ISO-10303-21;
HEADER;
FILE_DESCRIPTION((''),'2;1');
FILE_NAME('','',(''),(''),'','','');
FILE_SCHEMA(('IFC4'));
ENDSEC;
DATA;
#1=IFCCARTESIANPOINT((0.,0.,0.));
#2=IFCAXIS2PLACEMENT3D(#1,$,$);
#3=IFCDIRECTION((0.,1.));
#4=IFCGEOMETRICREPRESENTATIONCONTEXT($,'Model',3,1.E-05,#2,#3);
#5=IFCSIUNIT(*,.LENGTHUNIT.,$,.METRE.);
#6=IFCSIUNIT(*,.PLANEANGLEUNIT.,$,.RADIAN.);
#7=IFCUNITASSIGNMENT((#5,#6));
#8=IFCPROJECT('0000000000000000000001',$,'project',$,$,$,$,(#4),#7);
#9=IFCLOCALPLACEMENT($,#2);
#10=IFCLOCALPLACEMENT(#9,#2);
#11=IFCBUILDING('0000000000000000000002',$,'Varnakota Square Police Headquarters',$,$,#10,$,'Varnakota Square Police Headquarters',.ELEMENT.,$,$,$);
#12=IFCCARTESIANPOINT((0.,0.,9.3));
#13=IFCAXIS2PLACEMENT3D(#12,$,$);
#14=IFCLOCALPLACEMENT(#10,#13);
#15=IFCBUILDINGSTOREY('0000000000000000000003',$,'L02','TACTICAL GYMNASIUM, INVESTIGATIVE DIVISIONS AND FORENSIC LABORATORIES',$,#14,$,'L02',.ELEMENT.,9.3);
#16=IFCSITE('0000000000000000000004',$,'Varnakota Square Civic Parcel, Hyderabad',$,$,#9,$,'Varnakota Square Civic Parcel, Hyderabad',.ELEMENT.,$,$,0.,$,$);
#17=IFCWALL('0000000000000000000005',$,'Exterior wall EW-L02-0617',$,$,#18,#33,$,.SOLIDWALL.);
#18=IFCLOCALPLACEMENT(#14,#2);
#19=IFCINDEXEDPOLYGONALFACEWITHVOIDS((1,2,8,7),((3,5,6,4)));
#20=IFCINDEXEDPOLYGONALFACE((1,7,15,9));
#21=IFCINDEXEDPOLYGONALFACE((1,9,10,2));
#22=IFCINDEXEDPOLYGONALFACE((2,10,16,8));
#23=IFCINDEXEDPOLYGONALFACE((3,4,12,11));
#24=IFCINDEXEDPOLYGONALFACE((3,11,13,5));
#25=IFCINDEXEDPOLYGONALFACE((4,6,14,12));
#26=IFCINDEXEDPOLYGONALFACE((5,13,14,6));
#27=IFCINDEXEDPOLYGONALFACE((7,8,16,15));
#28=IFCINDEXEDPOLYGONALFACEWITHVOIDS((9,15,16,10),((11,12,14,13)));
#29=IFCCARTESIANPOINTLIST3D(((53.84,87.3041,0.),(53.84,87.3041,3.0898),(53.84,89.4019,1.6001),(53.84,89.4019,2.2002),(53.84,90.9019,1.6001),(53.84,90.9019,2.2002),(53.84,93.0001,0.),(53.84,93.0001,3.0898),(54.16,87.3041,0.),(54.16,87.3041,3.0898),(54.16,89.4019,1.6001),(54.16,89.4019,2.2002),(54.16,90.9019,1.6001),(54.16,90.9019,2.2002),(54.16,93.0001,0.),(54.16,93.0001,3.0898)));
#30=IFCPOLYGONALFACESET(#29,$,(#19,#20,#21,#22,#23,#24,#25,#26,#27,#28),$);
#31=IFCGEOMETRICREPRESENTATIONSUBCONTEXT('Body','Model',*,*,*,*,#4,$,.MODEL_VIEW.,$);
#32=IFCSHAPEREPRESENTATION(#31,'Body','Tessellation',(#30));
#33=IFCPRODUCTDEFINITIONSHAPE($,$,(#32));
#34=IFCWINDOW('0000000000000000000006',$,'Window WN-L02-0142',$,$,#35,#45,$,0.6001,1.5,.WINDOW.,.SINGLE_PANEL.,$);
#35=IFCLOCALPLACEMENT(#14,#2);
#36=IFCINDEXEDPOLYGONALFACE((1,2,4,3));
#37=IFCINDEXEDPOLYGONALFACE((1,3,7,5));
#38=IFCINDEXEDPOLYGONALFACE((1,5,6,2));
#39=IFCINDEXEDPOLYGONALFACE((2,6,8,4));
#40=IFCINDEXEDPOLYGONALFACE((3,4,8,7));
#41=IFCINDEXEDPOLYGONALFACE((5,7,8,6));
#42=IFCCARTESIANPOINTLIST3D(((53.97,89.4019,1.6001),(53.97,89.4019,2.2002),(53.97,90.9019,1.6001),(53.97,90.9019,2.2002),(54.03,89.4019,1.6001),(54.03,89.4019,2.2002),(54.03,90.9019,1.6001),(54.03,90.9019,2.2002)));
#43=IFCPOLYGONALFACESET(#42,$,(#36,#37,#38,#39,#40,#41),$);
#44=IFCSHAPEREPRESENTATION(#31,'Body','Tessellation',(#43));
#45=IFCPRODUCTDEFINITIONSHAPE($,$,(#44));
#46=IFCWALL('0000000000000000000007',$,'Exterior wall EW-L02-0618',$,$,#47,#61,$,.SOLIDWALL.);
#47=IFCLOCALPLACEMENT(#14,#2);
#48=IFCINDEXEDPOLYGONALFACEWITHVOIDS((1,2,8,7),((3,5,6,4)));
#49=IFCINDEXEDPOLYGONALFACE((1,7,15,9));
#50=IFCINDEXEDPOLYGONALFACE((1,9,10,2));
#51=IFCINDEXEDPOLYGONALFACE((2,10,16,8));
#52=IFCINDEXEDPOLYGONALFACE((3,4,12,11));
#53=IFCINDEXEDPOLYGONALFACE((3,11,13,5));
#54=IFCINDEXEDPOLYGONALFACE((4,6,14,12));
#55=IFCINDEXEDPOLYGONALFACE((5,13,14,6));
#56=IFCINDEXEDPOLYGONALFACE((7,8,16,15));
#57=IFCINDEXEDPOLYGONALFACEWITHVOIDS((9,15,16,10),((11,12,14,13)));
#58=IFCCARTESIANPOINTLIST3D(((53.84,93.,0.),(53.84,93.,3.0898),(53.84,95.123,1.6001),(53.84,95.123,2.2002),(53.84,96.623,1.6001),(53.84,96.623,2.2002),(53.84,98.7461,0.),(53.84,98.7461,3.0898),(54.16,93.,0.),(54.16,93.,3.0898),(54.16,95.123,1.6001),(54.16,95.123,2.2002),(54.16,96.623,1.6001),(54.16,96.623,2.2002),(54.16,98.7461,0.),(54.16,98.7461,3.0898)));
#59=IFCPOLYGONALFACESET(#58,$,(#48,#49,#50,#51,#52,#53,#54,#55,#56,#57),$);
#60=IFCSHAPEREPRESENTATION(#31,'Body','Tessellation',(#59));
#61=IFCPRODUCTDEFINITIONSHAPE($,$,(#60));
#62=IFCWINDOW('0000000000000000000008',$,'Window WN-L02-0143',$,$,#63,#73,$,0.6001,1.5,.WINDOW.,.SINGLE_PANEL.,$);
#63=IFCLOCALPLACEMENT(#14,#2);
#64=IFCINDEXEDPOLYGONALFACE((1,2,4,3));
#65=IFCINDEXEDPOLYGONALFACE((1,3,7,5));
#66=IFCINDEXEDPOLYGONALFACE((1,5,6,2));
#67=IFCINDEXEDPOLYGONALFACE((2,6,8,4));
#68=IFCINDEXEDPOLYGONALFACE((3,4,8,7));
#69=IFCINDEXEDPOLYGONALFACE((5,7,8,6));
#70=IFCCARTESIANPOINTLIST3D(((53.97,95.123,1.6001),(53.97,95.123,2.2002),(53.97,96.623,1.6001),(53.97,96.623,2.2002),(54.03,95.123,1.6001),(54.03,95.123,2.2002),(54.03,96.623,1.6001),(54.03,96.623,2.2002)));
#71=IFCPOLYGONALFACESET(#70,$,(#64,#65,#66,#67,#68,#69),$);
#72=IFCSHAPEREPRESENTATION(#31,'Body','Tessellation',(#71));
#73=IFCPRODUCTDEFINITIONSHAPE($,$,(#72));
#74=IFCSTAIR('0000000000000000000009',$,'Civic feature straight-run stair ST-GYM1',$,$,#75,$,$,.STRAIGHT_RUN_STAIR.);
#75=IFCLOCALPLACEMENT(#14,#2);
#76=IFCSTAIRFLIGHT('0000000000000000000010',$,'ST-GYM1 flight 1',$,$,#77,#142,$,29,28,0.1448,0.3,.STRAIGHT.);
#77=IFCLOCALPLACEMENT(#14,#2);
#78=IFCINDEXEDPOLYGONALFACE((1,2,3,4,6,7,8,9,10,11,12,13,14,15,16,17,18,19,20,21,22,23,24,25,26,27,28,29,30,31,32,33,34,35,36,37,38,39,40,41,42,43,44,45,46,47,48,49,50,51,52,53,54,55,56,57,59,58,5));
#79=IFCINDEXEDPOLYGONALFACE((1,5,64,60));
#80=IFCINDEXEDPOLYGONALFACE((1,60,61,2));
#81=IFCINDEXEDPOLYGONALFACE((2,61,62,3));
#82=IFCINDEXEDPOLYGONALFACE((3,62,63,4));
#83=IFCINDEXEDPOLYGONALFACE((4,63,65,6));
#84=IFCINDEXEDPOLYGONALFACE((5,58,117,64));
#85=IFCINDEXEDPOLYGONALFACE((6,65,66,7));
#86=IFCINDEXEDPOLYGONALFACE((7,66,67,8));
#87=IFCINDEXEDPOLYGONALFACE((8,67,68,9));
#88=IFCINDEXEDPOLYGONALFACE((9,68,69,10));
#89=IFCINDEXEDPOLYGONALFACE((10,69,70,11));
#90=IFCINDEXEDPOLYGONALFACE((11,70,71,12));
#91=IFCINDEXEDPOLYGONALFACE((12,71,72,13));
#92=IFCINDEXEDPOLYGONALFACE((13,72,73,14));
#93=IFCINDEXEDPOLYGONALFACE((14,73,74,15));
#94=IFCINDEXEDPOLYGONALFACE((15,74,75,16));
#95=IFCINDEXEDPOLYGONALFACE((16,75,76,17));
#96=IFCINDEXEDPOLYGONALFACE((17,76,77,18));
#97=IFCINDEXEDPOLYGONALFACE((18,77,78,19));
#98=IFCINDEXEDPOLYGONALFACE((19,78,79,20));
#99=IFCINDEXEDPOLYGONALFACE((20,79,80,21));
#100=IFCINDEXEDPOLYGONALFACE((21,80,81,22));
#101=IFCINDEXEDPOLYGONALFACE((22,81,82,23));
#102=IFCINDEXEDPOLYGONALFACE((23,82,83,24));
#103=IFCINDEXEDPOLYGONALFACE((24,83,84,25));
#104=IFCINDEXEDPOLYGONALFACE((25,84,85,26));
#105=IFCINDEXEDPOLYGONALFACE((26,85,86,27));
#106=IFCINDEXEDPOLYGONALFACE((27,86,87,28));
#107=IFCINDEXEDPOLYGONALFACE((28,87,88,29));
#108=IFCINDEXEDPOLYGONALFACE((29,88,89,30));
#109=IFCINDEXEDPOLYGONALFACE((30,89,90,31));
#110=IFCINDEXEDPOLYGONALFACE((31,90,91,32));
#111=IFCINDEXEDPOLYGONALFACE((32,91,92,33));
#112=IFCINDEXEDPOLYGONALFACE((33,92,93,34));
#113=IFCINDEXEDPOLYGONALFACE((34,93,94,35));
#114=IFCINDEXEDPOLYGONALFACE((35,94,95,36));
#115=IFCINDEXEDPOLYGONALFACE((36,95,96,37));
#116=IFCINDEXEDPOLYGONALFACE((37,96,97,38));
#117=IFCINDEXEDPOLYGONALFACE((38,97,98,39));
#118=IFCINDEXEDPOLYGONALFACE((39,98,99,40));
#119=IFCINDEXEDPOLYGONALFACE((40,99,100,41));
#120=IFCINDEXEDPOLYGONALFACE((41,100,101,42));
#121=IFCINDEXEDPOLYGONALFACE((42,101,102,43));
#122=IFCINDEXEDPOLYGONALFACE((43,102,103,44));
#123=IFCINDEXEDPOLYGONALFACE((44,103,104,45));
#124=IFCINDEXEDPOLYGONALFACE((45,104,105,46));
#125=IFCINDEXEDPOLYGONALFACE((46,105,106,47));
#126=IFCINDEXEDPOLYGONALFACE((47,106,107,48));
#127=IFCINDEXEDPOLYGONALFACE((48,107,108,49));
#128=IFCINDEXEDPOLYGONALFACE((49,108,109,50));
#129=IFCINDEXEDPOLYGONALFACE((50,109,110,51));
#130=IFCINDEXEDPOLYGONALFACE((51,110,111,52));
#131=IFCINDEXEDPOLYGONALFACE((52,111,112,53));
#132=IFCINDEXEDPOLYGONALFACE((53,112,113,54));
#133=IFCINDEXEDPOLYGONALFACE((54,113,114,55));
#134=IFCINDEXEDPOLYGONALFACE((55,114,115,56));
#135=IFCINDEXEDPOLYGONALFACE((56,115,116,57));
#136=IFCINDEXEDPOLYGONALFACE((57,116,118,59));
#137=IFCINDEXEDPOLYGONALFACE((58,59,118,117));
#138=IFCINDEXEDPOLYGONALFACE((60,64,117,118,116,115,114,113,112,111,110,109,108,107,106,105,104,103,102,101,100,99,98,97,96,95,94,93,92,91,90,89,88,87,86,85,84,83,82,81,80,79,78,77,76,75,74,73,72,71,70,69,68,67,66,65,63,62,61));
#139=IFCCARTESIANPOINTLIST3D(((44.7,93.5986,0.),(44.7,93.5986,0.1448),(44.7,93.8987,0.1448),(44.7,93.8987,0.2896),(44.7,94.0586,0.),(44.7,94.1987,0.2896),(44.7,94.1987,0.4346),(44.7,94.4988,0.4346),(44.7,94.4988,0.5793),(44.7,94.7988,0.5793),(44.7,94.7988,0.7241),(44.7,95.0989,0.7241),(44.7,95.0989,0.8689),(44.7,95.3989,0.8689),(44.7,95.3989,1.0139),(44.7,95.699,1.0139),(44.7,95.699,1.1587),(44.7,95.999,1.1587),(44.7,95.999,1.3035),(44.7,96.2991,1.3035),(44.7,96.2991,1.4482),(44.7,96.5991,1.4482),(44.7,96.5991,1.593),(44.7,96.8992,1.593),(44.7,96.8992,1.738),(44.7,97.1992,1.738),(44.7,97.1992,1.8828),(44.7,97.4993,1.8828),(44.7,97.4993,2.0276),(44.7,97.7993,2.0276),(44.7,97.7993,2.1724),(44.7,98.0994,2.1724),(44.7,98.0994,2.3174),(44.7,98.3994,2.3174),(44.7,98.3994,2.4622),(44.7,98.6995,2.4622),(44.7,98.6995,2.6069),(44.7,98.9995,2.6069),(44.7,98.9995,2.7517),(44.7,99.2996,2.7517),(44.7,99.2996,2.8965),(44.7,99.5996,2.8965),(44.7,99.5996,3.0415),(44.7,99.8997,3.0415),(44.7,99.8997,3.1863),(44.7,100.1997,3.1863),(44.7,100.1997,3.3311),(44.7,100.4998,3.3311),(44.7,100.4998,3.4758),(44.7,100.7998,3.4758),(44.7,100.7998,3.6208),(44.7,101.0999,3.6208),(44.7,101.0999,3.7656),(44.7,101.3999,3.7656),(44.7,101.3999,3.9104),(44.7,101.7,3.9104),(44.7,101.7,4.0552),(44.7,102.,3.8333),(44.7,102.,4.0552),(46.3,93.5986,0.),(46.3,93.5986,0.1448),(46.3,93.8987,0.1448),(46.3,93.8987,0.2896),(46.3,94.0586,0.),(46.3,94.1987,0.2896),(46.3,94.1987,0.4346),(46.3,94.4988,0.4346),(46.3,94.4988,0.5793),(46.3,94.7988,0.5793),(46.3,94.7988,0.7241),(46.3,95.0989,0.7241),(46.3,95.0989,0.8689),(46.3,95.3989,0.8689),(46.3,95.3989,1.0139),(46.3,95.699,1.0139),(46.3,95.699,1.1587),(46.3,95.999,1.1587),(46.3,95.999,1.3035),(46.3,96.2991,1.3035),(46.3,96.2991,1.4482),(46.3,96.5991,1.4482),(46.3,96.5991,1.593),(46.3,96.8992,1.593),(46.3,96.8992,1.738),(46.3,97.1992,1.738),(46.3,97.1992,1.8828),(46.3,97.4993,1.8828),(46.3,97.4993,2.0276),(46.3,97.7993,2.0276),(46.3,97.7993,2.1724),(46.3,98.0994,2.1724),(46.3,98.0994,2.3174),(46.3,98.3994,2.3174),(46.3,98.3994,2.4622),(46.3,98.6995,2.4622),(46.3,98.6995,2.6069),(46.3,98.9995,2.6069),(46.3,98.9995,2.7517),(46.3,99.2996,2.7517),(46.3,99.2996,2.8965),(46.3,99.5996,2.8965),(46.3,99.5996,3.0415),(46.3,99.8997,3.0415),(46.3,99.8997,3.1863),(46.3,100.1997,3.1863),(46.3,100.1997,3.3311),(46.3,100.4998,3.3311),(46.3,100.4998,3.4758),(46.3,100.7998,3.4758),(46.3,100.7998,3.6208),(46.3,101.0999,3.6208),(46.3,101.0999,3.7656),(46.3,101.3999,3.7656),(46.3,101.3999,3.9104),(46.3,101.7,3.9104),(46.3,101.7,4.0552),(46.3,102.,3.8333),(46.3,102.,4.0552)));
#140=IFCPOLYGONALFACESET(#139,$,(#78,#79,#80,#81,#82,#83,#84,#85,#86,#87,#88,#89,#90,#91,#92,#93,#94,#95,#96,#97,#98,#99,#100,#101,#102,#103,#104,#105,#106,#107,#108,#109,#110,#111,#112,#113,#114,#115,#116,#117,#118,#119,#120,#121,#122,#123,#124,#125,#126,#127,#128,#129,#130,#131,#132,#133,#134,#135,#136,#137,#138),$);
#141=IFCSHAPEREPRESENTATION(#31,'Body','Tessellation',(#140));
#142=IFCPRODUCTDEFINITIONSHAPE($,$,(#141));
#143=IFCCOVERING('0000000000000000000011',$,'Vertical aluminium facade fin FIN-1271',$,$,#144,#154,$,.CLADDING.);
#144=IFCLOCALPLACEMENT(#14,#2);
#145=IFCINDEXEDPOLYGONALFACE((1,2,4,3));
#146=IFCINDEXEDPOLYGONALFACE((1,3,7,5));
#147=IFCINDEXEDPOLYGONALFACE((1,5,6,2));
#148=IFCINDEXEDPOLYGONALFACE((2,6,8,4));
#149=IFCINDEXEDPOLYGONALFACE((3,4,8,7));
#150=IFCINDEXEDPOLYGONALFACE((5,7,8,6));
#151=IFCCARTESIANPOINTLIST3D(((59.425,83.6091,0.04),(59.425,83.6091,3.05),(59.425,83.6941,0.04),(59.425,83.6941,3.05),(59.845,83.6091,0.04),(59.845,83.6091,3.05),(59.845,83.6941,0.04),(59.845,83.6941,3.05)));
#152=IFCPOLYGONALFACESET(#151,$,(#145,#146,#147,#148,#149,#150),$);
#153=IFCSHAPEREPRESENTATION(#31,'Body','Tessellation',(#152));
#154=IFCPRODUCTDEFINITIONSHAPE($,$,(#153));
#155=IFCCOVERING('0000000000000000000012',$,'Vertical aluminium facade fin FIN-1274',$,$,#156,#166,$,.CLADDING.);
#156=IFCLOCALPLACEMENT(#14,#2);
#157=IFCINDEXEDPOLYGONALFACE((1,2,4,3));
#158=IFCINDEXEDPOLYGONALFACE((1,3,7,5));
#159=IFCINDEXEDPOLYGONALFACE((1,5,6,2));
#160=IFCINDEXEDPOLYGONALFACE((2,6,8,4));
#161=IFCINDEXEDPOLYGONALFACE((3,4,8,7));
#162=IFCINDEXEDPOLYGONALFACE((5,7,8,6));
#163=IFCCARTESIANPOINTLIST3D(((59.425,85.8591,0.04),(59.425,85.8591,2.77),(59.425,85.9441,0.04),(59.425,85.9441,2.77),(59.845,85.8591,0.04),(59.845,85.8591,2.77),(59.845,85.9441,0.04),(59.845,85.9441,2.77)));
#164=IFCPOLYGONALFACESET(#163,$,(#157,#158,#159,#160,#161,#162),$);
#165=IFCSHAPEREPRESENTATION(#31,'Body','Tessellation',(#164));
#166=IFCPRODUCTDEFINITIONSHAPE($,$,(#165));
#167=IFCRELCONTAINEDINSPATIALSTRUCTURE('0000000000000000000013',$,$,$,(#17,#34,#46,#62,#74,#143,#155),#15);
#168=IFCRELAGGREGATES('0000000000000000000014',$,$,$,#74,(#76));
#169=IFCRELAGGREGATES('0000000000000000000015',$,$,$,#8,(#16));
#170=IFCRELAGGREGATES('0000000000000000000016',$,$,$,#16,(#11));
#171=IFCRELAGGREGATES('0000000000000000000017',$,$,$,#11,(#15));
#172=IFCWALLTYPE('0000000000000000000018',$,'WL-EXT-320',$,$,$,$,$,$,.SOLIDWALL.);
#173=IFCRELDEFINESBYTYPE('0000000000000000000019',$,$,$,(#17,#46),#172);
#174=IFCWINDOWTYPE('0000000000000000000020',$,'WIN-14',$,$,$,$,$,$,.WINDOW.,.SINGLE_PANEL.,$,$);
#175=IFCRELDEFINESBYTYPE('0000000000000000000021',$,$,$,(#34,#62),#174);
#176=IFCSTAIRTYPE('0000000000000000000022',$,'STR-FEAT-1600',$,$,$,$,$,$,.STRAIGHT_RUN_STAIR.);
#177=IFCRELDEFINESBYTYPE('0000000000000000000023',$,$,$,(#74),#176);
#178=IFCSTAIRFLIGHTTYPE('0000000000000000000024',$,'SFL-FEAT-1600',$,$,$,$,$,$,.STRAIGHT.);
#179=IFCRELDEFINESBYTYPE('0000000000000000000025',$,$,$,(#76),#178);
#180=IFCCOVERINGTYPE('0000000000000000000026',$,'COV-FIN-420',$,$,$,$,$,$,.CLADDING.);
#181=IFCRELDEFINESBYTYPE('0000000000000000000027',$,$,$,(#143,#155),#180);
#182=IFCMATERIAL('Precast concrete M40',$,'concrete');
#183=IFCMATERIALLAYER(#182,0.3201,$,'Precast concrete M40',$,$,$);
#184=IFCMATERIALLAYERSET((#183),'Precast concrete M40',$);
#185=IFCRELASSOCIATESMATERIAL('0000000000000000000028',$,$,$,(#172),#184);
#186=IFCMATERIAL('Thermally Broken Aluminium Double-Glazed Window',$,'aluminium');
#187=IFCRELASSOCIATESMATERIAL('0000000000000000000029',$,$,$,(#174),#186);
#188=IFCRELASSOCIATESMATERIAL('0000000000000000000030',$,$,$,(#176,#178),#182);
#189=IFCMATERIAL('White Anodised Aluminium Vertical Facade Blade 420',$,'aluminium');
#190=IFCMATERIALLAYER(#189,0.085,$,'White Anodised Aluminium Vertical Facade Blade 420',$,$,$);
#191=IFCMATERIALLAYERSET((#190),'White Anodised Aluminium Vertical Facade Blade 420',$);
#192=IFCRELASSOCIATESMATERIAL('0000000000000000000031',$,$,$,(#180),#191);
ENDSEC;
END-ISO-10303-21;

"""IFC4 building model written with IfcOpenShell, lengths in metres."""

from ifc_helpers import new_model, si_unit, direction, frame, frame_2d, origin, origin_2d, place, context, subcontext, project, spatial, polyline, rectangle, outline, extrude, material, layer, layer_set, type_object, element, fill, aggregate, save


model = new_model("IFC4")

# Units and contexts
model_context = context("Model", 3, precision=1e-05, world=origin(), true_north=direction((0.0, 1.0)))
body_context = subcontext(model_context, "Body", "Model", "MODEL_VIEW")
ifc_project = project(units=[si_unit("LENGTHUNIT", "METRE"), si_unit("PLANEANGLEUNIT", "RADIAN")], contexts=[model_context])

# Site, building, storey
site_placement = place(None, origin())
site = spatial("IfcSite", under=ifc_project, at=site_placement, Name="Varnakota Square Civic Parcel, Hyderabad", LongName="Varnakota Square Civic Parcel, Hyderabad", CompositionType="ELEMENT", RefElevation=0.0)
building_placement = place(site_placement, origin())
building = spatial("IfcBuilding", under=site, at=building_placement, Name="Varnakota Square Police Headquarters", LongName="Varnakota Square Police Headquarters", CompositionType="ELEMENT")
storey_placement = place(building_placement, frame((0.0, 0.0, 9.3)))
storey = spatial("IfcBuildingStorey", under=building, at=storey_placement, Name="L02", Description="TACTICAL GYMNASIUM, INVESTIGATIVE DIVISIONS AND FORENSIC LABORATORIES", LongName="L02", CompositionType="ELEMENT", Elevation=9.3)

# Walls, openings, windows
ifc_material_1 = material(Name="Precast concrete M40", Category="concrete")
ifc_layer_1 = layer(ifc_material_1, 0.3201, Name="Precast concrete M40")
ifc_layer_set_1 = layer_set([ifc_layer_1], Name="Precast concrete M40")
wall_type = type_object("IfcWallType", Name="WL-EXT-320", PredefinedType="SOLIDWALL", material=ifc_layer_set_1)
wall_1_placement = place(storey_placement, frame((54.0, 87.304, 0.0), z_axis=(0.0, 0.0, 1.0), x_axis=(0.0, 1.0, 0.0)))
wall_1 = element("IfcWall", 1, at=wall_1_placement, inside=storey, type_object=wall_type, Name="Exterior wall EW-L02-0617", PredefinedType="SOLIDWALL", context=body_context, shape_type="SweptSolid", body=[
    extrude(rectangle(XDim=5.696, YDim=0.3201, at=frame_2d((2.8481, 0.0))), origin(), (0.0, 0.0, 1.0), 3.0898),
])
opening_1_placement = place(wall_1_placement, frame((2.0979, 0.0, 1.6001)))
opening_1 = element("IfcOpeningElement", 2, at=opening_1_placement, cuts=wall_1, PredefinedType="OPENING", context=body_context, shape_type="SweptSolid", body=[
    extrude(rectangle(XDim=1.5, YDim=0.6001, at=frame_2d((0.75, 0.3))), frame((0.0, 0.1699, 0.0), z_axis=(0.0, -1.0, 0.0), x_axis=(1.0, 0.0, 0.0)), (0.0, 0.0, 1.0), 0.3401),
])
ifc_material_2 = material(Name="Thermally Broken Aluminium Double-Glazed Window", Category="aluminium")
window_type = type_object("IfcWindowType", Name="WIN-14", PartitioningType="SINGLE_PANEL", PredefinedType="WINDOW", material=ifc_material_2)
window_1_placement = place(opening_1_placement, origin())
window_1 = element("IfcWindow", 3, at=window_1_placement, inside=storey, type_object=window_type, Name="Window WN-L02-0142", OverallHeight=0.6001, OverallWidth=1.5, PartitioningType="SINGLE_PANEL", PredefinedType="WINDOW", context=body_context, shape_type="SweptSolid", body=[
    extrude(rectangle(XDim=1.5, YDim=0.6001, at=frame_2d((0.75, 0.3))), frame((0.0, 0.03, 0.0), z_axis=(0.0, -1.0, 0.0), x_axis=(1.0, 0.0, 0.0)), (0.0, 0.0, 1.0), 0.0601),
])
fill(opening_1, window_1)
wall_2_placement = place(storey_placement, frame((54.0, 93.0, 0.0), z_axis=(0.0, 0.0, 1.0), x_axis=(0.0, 1.0, 0.0)))
wall_2 = element("IfcWall", 4, at=wall_2_placement, inside=storey, type_object=wall_type, Name="Exterior wall EW-L02-0618", PredefinedType="SOLIDWALL", context=body_context, shape_type="SweptSolid", body=[
    extrude(rectangle(XDim=5.7461, YDim=0.3201, at=frame_2d((2.873, 0.0))), origin(), (0.0, 0.0, 1.0), 3.0898),
])
opening_2_placement = place(wall_2_placement, frame((2.123, 0.0, 1.6001)))
opening_2 = element("IfcOpeningElement", 5, at=opening_2_placement, cuts=wall_2, PredefinedType="OPENING", context=body_context, shape_type="SweptSolid", body=[
    extrude(rectangle(XDim=1.5, YDim=0.6001, at=frame_2d((0.75, 0.3))), frame((0.0, 0.1699, 0.0), z_axis=(0.0, -1.0, 0.0), x_axis=(1.0, 0.0, 0.0)), (0.0, 0.0, 1.0), 0.3401),
])
window_2_placement = place(opening_2_placement, origin())
window_2 = element("IfcWindow", 6, at=window_2_placement, inside=storey, type_object=window_type, Name="Window WN-L02-0143", OverallHeight=0.6001, OverallWidth=1.5, PartitioningType="SINGLE_PANEL", PredefinedType="WINDOW", context=body_context, shape_type="SweptSolid", body=[
    extrude(rectangle(XDim=1.5, YDim=0.6001, at=frame_2d((0.75, 0.3))), frame((0.0, 0.03, 0.0), z_axis=(0.0, -1.0, 0.0), x_axis=(1.0, 0.0, 0.0)), (0.0, 0.0, 1.0), 0.0601),
])
fill(opening_2, window_2)

# Stair, stair flight
stair_type = type_object("IfcStairType", Name="STR-FEAT-1600", PredefinedType="STRAIGHT_RUN_STAIR", material=ifc_material_1)
stair_placement = place(storey_placement, origin())
stair = element("IfcStair", 7, at=stair_placement, inside=storey, type_object=stair_type, Name="Civic feature straight-run stair ST-GYM1", PredefinedType="STRAIGHT_RUN_STAIR")
stair_flight_type = type_object("IfcStairFlightType", Name="SFL-FEAT-1600", PredefinedType="STRAIGHT", material=ifc_material_1)
stair_flight_placement = place(storey_placement, frame((45.5, 93.5986, 0.0), z_axis=(0.0, 0.0, 1.0), x_axis=(0.0, 1.0, 0.0)))
stair_flight = element("IfcStairFlight", 8, at=stair_flight_placement, type_object=stair_flight_type, Name="ST-GYM1 flight 1", NumberOfRisers=29, NumberOfTreads=28, PredefinedType="STRAIGHT", RiserHeight=0.1448, TreadLength=0.3, context=body_context, shape_type="SweptSolid", body=[
    extrude(outline(polyline([(0.0, 0.0), (0.0, 0.1448), (0.3, 0.1448), (0.3, 0.2896), (0.6001, 0.2896), (0.6001, 0.4346), (0.9001, 0.4346), (0.9001, 0.5793), (1.2002, 0.5793), (1.2002, 0.7241), (1.5002, 0.7241), (1.5002, 0.8689), (1.8003, 0.8689), (1.8003, 1.0139), (2.1003, 1.0139), (2.1003, 1.1587), (2.4004, 1.1587), (2.4004, 1.3035), (2.7004, 1.3035), (2.7004, 1.4482), (3.0005, 1.4482), (3.0005, 1.593), (3.3005, 1.593), (3.3005, 1.738), (3.6006, 1.738), (3.6006, 1.8828), (3.9006, 1.8828), (3.9006, 2.0276), (4.2007, 2.0276), (4.2007, 2.1724), (4.5007, 2.1724), (4.5007, 2.3174), (4.8008, 2.3174), (4.8008, 2.4622), (5.1008, 2.4622), (5.1008, 2.6069), (5.4009, 2.6069), (5.4009, 2.7517), (5.7009, 2.7517), (5.7009, 2.8965), (6.001, 2.8965), (6.001, 3.0415), (6.301, 3.0415), (6.301, 3.1863), (6.6011, 3.1863), (6.6011, 3.3311), (6.9011, 3.3311), (6.9011, 3.4758), (7.2012, 3.4758), (7.2012, 3.6208), (7.5012, 3.6208), (7.5012, 3.7656), (7.8013, 3.7656), (7.8013, 3.9104), (8.1013, 3.9104), (8.1013, 4.0552), (8.4014, 4.0552), (8.4014, 4.2), (8.4014, 3.8333), (0.46, 0.0), (0.0, 0.0)])), frame((0.0, 0.8, 0.0), z_axis=(0.0, -1.0, 0.0), x_axis=(1.0, 0.0, 0.0)), (0.0, 0.0, 1.0), 1.6001),
])
aggregate(stair, [stair_flight])

# Coverings
ifc_material_3 = material(Name="White Anodised Aluminium Vertical Facade Blade 420", Category="aluminium")
ifc_layer_2 = layer(ifc_material_3, 0.085, Name="White Anodised Aluminium Vertical Facade Blade 420")
ifc_layer_set_2 = layer_set([ifc_layer_2], Name="White Anodised Aluminium Vertical Facade Blade 420")
covering_type_1 = type_object("IfcCoveringType", Name="COV-FIN-420", PredefinedType="CLADDING", material=ifc_layer_set_2)
covering_1_placement = place(storey_placement, frame((59.635, 83.6516, 0.04), z_axis=(0.0, 0.0, 1.0), x_axis=(0.0, 1.0, 0.0)))
element("IfcCovering", 9, at=covering_1_placement, inside=storey, type_object=covering_type_1, Name="Vertical aluminium facade fin FIN-1271", PredefinedType="CLADDING", context=body_context, shape_type="SweptSolid", body=[
    extrude(rectangle(XDim=0.085, YDim=0.4199, at=origin_2d()), origin(), (0.0, 0.0, 1.0), 3.01),
])
covering_2_placement = place(storey_placement, frame((59.635, 85.9016, 0.04), z_axis=(0.0, 0.0, 1.0), x_axis=(0.0, 1.0, 0.0)))
element("IfcCovering", 10, at=covering_2_placement, inside=storey, type_object=covering_type_1, Name="Vertical aluminium facade fin FIN-1274", PredefinedType="CLADDING", context=body_context, shape_type="SweptSolid", body=[
    extrude(rectangle(XDim=0.085, YDim=0.4199, at=origin_2d()), origin(), (0.0, 0.0, 1.0), 2.73),
])

save(model, "model.ifc")
